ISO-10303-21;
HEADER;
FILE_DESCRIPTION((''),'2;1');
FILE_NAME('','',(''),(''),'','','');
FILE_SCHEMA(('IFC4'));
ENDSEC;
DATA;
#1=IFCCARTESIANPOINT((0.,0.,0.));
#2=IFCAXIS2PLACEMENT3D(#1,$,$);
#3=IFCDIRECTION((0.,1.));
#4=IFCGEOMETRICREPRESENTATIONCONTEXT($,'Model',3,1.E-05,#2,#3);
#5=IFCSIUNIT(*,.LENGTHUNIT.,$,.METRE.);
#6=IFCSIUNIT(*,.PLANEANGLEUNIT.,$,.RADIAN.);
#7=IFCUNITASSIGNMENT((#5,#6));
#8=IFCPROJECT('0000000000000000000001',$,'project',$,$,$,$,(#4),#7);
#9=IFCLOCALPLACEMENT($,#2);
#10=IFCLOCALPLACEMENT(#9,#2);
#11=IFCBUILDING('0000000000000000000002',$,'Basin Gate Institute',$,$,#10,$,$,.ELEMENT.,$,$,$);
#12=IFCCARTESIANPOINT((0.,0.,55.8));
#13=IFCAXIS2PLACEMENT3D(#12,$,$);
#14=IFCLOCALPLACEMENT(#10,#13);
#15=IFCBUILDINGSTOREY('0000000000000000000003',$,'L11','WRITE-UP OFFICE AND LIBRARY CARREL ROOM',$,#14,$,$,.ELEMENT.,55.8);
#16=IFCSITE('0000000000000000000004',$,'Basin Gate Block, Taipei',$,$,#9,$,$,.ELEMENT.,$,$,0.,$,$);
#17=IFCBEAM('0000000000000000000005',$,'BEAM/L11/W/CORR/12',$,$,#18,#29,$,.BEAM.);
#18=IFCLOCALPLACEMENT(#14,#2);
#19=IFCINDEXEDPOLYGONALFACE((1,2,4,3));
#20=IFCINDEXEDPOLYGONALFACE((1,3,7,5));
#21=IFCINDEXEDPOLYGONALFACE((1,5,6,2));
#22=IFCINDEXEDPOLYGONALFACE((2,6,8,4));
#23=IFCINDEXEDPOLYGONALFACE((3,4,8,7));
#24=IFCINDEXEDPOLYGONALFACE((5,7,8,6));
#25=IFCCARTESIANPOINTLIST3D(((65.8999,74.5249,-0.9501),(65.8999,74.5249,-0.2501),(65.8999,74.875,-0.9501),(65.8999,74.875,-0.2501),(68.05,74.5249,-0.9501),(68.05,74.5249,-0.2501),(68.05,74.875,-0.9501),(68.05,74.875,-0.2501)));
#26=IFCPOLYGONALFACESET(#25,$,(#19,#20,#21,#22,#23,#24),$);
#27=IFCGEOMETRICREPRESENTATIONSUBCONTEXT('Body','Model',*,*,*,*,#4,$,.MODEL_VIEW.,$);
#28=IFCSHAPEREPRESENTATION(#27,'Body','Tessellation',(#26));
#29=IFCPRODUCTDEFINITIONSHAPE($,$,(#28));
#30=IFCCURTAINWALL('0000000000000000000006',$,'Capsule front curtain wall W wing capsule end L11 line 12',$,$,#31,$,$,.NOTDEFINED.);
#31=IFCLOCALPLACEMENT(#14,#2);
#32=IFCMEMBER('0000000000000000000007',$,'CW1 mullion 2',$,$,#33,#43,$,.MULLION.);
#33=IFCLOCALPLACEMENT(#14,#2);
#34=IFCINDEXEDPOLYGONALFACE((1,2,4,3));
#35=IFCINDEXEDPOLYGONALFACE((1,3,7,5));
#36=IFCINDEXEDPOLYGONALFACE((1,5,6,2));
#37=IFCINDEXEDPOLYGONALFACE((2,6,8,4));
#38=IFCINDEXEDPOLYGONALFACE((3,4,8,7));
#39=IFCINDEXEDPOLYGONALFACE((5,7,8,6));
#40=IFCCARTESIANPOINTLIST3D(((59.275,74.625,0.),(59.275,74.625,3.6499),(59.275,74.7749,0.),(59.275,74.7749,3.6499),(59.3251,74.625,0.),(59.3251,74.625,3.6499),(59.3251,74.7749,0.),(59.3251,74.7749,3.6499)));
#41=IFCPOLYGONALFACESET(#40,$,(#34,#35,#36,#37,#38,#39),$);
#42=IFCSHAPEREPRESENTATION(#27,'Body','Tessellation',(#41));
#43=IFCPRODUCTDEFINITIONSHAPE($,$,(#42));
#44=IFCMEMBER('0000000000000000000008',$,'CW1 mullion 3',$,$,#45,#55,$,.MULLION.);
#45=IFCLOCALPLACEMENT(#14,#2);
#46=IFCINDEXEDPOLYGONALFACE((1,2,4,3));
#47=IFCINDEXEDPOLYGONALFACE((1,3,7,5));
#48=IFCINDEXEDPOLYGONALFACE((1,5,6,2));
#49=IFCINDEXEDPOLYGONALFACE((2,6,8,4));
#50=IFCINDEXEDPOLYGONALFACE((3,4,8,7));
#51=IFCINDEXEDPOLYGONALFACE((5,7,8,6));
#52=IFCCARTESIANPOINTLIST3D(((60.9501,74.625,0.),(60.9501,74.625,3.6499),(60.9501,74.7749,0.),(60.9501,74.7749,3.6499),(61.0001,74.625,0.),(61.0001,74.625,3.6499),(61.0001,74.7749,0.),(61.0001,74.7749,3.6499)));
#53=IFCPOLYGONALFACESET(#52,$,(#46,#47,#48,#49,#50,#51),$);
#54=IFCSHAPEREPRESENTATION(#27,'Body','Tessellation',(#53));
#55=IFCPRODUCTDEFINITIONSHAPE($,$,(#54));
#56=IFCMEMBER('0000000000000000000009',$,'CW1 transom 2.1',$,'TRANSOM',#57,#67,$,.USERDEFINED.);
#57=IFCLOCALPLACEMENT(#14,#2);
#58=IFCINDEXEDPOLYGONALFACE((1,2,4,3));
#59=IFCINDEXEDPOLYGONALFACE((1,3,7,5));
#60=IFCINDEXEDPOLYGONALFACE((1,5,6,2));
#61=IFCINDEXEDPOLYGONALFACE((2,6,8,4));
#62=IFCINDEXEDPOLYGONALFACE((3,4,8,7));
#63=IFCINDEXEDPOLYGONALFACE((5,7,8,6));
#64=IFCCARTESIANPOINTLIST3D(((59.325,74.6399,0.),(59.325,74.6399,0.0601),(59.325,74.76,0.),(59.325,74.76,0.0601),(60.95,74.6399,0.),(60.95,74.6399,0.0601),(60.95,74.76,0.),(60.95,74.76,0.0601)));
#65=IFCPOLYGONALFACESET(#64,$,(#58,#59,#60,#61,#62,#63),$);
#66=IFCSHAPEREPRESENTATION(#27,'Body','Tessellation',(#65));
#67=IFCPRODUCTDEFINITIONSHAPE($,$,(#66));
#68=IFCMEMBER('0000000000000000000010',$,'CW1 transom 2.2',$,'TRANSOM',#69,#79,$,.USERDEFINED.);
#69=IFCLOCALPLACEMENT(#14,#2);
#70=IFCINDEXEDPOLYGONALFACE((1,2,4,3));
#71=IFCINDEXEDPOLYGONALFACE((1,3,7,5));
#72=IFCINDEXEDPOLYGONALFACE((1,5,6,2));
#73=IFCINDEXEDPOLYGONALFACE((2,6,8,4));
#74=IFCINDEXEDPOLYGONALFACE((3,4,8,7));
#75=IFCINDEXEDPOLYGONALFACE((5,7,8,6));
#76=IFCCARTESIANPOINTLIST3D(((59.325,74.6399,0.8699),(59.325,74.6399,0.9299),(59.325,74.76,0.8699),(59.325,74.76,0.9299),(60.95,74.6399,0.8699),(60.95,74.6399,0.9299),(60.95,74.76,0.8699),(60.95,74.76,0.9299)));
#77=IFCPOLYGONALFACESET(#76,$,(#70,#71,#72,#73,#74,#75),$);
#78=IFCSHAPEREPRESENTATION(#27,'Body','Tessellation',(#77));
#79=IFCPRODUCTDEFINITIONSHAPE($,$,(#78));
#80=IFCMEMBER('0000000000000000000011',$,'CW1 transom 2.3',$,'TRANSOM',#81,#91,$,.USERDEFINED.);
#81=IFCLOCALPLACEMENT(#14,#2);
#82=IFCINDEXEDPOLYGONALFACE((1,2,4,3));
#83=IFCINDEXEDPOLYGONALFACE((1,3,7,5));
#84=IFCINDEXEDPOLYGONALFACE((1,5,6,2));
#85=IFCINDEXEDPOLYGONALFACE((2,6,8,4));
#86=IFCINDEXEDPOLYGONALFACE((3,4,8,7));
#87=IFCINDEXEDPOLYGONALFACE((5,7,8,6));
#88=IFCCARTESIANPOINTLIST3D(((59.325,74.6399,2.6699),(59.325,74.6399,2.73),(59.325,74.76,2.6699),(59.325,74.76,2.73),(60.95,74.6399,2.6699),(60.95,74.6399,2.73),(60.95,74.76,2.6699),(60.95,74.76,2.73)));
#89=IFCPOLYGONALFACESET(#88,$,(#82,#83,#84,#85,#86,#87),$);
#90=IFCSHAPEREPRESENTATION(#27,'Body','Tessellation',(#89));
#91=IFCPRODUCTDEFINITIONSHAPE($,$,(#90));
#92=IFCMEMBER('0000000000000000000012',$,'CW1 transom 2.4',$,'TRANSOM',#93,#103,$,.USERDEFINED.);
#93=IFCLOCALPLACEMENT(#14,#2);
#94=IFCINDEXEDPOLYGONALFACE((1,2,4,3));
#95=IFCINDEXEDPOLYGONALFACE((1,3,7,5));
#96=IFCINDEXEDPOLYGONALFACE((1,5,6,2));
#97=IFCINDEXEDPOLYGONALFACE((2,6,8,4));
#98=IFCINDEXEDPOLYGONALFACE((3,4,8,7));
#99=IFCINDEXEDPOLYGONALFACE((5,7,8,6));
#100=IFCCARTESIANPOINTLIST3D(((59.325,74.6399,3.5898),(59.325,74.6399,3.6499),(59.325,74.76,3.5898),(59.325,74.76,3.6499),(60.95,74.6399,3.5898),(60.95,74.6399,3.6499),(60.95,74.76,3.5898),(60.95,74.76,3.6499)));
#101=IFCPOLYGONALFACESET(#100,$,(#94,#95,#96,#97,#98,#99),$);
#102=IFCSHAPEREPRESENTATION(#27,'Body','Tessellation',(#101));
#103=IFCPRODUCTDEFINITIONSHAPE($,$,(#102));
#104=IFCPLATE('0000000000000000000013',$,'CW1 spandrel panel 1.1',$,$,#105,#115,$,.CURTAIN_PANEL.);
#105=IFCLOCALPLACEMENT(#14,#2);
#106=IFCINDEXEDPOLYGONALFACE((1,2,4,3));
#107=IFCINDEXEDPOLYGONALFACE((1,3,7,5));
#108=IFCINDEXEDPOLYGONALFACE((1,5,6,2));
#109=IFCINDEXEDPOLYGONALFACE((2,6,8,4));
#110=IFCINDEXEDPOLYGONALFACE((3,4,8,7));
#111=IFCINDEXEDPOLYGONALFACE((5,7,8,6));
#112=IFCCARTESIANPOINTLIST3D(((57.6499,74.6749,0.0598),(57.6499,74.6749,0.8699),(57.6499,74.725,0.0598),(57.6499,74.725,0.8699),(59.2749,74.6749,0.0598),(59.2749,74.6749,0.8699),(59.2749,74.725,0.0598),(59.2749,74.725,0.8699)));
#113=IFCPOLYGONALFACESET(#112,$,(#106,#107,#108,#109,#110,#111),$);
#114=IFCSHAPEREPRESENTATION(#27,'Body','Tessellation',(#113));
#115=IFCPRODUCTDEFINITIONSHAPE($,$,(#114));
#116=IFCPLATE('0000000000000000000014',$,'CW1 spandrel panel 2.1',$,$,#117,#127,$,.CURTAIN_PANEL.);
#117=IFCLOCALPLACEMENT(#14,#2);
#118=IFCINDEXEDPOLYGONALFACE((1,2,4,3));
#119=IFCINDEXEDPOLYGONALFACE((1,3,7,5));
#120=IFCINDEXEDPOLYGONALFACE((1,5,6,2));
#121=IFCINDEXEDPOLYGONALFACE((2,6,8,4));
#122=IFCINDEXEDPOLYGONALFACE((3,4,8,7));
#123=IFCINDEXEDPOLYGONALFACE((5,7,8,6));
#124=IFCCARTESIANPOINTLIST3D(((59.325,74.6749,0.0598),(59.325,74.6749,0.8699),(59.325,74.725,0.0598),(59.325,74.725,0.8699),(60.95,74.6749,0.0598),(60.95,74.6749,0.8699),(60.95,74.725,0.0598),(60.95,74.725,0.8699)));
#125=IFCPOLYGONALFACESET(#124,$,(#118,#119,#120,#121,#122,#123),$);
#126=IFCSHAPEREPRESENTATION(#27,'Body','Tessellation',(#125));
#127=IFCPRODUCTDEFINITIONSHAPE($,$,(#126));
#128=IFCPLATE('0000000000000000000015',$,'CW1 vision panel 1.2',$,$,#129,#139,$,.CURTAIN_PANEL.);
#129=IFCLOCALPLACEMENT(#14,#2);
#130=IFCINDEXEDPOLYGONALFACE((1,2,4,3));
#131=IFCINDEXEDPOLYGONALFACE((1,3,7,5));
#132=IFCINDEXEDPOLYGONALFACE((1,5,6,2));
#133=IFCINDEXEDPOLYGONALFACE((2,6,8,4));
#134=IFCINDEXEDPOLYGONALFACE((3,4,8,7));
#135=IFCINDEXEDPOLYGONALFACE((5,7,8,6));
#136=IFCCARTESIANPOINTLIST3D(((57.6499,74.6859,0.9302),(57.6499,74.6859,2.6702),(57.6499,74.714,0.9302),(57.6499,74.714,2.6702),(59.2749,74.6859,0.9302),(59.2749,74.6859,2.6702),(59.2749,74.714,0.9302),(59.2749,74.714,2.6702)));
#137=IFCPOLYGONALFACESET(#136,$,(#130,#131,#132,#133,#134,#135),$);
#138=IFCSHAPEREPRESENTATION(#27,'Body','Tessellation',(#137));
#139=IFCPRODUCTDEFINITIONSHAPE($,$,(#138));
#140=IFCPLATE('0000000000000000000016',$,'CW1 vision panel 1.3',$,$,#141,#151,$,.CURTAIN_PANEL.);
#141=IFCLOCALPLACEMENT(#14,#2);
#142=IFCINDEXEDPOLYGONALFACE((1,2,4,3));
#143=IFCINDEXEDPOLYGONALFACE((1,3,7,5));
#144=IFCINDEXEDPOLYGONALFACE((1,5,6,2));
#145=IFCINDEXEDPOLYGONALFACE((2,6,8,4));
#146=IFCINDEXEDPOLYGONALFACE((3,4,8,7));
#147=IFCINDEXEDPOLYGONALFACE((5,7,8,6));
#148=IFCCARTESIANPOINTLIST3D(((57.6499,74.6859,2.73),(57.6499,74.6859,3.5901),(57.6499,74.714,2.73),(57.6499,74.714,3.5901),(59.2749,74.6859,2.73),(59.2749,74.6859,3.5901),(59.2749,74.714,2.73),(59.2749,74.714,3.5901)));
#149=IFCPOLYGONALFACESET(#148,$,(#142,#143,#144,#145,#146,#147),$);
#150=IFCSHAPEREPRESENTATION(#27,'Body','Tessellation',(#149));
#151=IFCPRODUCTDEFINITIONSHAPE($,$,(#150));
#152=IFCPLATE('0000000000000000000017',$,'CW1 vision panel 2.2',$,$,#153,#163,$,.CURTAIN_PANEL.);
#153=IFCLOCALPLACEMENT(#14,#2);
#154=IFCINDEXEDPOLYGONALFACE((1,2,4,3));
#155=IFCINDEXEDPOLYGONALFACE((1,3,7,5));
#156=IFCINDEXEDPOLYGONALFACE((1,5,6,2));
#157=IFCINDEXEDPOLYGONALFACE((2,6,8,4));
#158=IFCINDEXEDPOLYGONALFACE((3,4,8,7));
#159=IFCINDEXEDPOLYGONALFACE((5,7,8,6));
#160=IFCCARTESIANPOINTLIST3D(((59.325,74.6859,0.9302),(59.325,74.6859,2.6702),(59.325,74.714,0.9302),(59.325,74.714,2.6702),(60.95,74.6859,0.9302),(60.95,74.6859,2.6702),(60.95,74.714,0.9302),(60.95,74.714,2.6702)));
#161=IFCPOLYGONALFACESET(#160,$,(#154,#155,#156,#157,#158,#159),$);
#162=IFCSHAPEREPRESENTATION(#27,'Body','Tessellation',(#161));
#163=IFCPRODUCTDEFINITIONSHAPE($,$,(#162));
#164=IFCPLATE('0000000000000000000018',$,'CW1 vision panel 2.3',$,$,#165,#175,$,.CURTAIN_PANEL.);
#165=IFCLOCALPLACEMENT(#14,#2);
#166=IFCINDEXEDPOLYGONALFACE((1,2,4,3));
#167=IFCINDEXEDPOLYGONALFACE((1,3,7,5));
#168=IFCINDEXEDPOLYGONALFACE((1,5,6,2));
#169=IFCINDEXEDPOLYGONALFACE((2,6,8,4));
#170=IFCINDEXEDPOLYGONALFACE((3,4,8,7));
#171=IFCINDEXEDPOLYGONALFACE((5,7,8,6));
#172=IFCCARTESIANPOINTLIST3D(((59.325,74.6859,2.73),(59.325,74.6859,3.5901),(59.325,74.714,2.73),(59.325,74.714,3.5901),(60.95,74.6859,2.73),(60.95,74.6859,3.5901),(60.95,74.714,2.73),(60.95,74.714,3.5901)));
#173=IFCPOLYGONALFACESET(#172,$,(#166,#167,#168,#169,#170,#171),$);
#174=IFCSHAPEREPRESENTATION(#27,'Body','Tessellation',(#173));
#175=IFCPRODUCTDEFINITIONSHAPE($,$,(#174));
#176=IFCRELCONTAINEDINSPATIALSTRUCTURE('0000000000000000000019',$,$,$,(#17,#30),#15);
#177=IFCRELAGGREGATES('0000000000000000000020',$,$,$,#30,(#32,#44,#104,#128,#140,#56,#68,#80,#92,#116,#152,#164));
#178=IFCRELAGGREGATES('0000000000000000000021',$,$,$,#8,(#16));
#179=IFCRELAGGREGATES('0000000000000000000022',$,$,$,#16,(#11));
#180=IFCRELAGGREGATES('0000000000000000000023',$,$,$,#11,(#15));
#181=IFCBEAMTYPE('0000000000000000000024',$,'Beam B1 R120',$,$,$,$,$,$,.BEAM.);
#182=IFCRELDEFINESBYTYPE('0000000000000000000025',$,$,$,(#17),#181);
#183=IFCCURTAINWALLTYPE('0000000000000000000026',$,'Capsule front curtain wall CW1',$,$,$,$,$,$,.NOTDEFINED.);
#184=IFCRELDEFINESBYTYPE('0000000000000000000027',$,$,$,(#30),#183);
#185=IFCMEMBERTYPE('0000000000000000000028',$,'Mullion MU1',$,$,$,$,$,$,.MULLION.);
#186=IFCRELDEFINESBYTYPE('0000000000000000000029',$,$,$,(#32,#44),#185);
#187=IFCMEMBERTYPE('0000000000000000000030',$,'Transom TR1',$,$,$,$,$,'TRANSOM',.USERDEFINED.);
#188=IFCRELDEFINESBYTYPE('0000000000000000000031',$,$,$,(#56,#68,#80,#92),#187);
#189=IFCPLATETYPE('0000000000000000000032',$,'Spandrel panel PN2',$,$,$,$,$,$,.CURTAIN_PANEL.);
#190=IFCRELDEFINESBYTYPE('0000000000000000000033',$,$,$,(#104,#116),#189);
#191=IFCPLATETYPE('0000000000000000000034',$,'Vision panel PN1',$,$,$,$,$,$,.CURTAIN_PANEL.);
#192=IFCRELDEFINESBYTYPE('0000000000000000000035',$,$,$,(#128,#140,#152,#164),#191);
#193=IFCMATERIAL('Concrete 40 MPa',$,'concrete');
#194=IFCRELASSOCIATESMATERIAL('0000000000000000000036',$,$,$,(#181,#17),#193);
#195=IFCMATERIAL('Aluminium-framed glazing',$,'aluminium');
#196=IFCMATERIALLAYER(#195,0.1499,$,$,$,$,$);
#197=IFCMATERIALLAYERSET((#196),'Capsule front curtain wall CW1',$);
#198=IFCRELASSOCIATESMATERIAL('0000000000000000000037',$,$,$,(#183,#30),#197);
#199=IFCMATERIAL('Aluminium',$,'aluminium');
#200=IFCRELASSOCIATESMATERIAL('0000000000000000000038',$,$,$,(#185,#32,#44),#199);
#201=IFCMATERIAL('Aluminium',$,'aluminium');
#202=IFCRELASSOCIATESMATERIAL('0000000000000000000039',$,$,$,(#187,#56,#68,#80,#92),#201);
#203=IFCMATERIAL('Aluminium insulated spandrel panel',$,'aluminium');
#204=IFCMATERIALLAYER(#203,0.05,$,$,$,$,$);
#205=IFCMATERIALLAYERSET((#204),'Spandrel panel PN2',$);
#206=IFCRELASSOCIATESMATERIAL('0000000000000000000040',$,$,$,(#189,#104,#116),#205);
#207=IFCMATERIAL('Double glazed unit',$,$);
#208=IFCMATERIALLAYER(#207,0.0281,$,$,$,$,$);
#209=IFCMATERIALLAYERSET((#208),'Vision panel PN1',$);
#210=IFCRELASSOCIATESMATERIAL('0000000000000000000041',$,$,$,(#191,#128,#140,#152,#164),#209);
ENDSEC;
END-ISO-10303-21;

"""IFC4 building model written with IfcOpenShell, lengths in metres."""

from ifc_helpers import new_model, si_unit, direction, frame, origin, origin_2d, place, context, subcontext, project, spatial, rectangle, extrude, material, layer, layer_set, material_profile, profile_set, type_object, element, aggregate, save


model = new_model("IFC4")

# Units and contexts
model_context = context("Model", 3, precision=1e-05, world=origin(), true_north=direction((0.0, 1.0)))
body_context = subcontext(model_context, "Body", "Model", "MODEL_VIEW")
ifc_project = project(units=[si_unit("LENGTHUNIT", "METRE"), si_unit("PLANEANGLEUNIT", "RADIAN")], contexts=[model_context])

# Site, building, storey
site_placement = place(None, origin())
site = spatial("IfcSite", under=ifc_project, at=site_placement, Name="Basin Gate Block, Taipei", CompositionType="ELEMENT", RefElevation=0.0)
building_placement = place(site_placement, origin())
building = spatial("IfcBuilding", under=site, at=building_placement, Name="Basin Gate Institute", CompositionType="ELEMENT")
storey_placement = place(building_placement, frame((0.0, 0.0, 55.8)))
storey = spatial("IfcBuildingStorey", under=building, at=storey_placement, Name="L11", Description="WRITE-UP OFFICE AND LIBRARY CARREL ROOM", CompositionType="ELEMENT", Elevation=55.8)

# Beam
ifc_material_1 = material(Name="Concrete 40 MPa", Category="concrete")
ifc_material_profile_1 = material_profile(ifc_material_1, rectangle(XDim=0.3501, YDim=0.7, at=origin_2d()), Name="Beam B1 350 x 700")
ifc_profile_set_1 = profile_set([ifc_material_profile_1], Name="Concrete 40 MPa")
beam_type = type_object("IfcBeamType", Name="Beam B1 R120", PredefinedType="BEAM", material=ifc_profile_set_1)
beam_placement = place(storey_placement, frame((65.8999, 74.7, -0.6001), z_axis=(1.0, 0.0, 0.0), x_axis=(0.0, 1.0, 0.0)))
element("IfcBeam", 1, at=beam_placement, inside=storey, type_object=beam_type, material=ifc_profile_set_1, Name="BEAM/L11/W/CORR/12", PredefinedType="BEAM", context=body_context, shape_type="SweptSolid", body=[
    extrude(rectangle(XDim=0.3501, YDim=0.7, at=origin_2d()), origin(), (0.0, 0.0, 1.0), 2.1501),
])

# Curtain wall, members, plates
ifc_material_2 = material(Name="Aluminium-framed glazing", Category="aluminium")
ifc_layer_1 = layer(ifc_material_2, 0.1499)
ifc_layer_set_1 = layer_set([ifc_layer_1], Name="Capsule front curtain wall CW1")
curtain_wall_type = type_object("IfcCurtainWallType", Name="Capsule front curtain wall CW1", PredefinedType="NOTDEFINED", material=ifc_layer_set_1)
curtain_wall_placement = place(storey_placement, origin())
curtain_wall = element("IfcCurtainWall", 2, at=curtain_wall_placement, inside=storey, type_object=curtain_wall_type, material=ifc_layer_set_1, Name="Capsule front curtain wall W wing capsule end L11 line 12", PredefinedType="NOTDEFINED")
ifc_material_3 = material(Name="Aluminium", Category="aluminium")
ifc_material_profile_2 = material_profile(ifc_material_3, rectangle(XDim=0.1499, YDim=0.05, at=origin_2d()), Name="Mullion MU1 150 x 50")
ifc_profile_set_2 = profile_set([ifc_material_profile_2], Name="Aluminium")
member_type_1 = type_object("IfcMemberType", Name="Mullion MU1", PredefinedType="MULLION", material=ifc_profile_set_2)
member_1_placement = place(storey_placement, frame((59.3, 74.7, 0.0), z_axis=(0.0, 0.0, 1.0), x_axis=(0.0, 1.0, 0.0)))
member_1 = element("IfcMember", 3, at=member_1_placement, type_object=member_type_1, material=ifc_profile_set_2, Name="CW1 mullion 2", PredefinedType="MULLION", context=body_context, shape_type="SweptSolid", body=[
    extrude(rectangle(XDim=0.1499, YDim=0.05, at=origin_2d()), origin(), (0.0, 0.0, 1.0), 3.6499),
])
member_2_placement = place(storey_placement, frame((60.9751, 74.7, 0.0), z_axis=(0.0, 0.0, 1.0), x_axis=(0.0, 1.0, 0.0)))
member_2 = element("IfcMember", 4, at=member_2_placement, type_object=member_type_1, material=ifc_profile_set_2, Name="CW1 mullion 3", PredefinedType="MULLION", context=body_context, shape_type="SweptSolid", body=[
    extrude(rectangle(XDim=0.1499, YDim=0.05, at=origin_2d()), origin(), (0.0, 0.0, 1.0), 3.6499),
])
ifc_material_4 = material(Name="Aluminium", Category="aluminium")
ifc_material_profile_3 = material_profile(ifc_material_4, rectangle(XDim=0.1201, YDim=0.0601, at=origin_2d()), Name="Transom TR1 120 x 60")
ifc_profile_set_3 = profile_set([ifc_material_profile_3], Name="Aluminium")
member_type_2 = type_object("IfcMemberType", Name="Transom TR1", ElementType="TRANSOM", PredefinedType="USERDEFINED", material=ifc_profile_set_3)
member_3_placement = place(storey_placement, frame((59.325, 74.7, 0.03), z_axis=(1.0, 0.0, 0.0), x_axis=(0.0, 1.0, 0.0)))
member_3 = element("IfcMember", 5, at=member_3_placement, type_object=member_type_2, material=ifc_profile_set_3, Name="CW1 transom 2.1", ObjectType="TRANSOM", PredefinedType="USERDEFINED", context=body_context, shape_type="SweptSolid", body=[
    extrude(rectangle(XDim=0.1201, YDim=0.0601, at=origin_2d()), origin(), (0.0, 0.0, 1.0), 1.625),
])
member_4_placement = place(storey_placement, frame((59.325, 74.7, 0.8999), z_axis=(1.0, 0.0, 0.0), x_axis=(0.0, 1.0, 0.0)))
member_4 = element("IfcMember", 6, at=member_4_placement, type_object=member_type_2, material=ifc_profile_set_3, Name="CW1 transom 2.2", ObjectType="TRANSOM", PredefinedType="USERDEFINED", context=body_context, shape_type="SweptSolid", body=[
    extrude(rectangle(XDim=0.1201, YDim=0.0601, at=origin_2d()), origin(), (0.0, 0.0, 1.0), 1.625),
])
member_5_placement = place(storey_placement, frame((59.325, 74.7, 2.7), z_axis=(1.0, 0.0, 0.0), x_axis=(0.0, 1.0, 0.0)))
member_5 = element("IfcMember", 7, at=member_5_placement, type_object=member_type_2, material=ifc_profile_set_3, Name="CW1 transom 2.3", ObjectType="TRANSOM", PredefinedType="USERDEFINED", context=body_context, shape_type="SweptSolid", body=[
    extrude(rectangle(XDim=0.1201, YDim=0.0601, at=origin_2d()), origin(), (0.0, 0.0, 1.0), 1.625),
])
member_6_placement = place(storey_placement, frame((59.325, 74.7, 3.6199), z_axis=(1.0, 0.0, 0.0), x_axis=(0.0, 1.0, 0.0)))
member_6 = element("IfcMember", 8, at=member_6_placement, type_object=member_type_2, material=ifc_profile_set_3, Name="CW1 transom 2.4", ObjectType="TRANSOM", PredefinedType="USERDEFINED", context=body_context, shape_type="SweptSolid", body=[
    extrude(rectangle(XDim=0.1201, YDim=0.0601, at=origin_2d()), origin(), (0.0, 0.0, 1.0), 1.625),
])
ifc_material_5 = material(Name="Aluminium insulated spandrel panel", Category="aluminium")
ifc_layer_2 = layer(ifc_material_5, 0.05)
ifc_layer_set_2 = layer_set([ifc_layer_2], Name="Spandrel panel PN2")
plate_type_1 = type_object("IfcPlateType", Name="Spandrel panel PN2", PredefinedType="CURTAIN_PANEL", material=ifc_layer_set_2)
plate_1_placement = place(storey_placement, frame((58.4624, 74.7, 0.0598), z_axis=(0.0, 0.0, 1.0), x_axis=(1.0, 0.0, 0.0)))
plate_1 = element("IfcPlate", 9, at=plate_1_placement, type_object=plate_type_1, material=ifc_layer_set_2, Name="CW1 spandrel panel 1.1", PredefinedType="CURTAIN_PANEL", context=body_context, shape_type="SweptSolid", body=[
    extrude(rectangle(XDim=1.625, YDim=0.05, at=origin_2d()), origin(), (0.0, 0.0, 1.0), 0.8101),
])
plate_2_placement = place(storey_placement, frame((60.1375, 74.7, 0.0598), z_axis=(0.0, 0.0, 1.0), x_axis=(1.0, 0.0, 0.0)))
plate_2 = element("IfcPlate", 10, at=plate_2_placement, type_object=plate_type_1, material=ifc_layer_set_2, Name="CW1 spandrel panel 2.1", PredefinedType="CURTAIN_PANEL", context=body_context, shape_type="SweptSolid", body=[
    extrude(rectangle(XDim=1.625, YDim=0.05, at=origin_2d()), origin(), (0.0, 0.0, 1.0), 0.8101),
])
ifc_material_6 = material(Name="Double glazed unit")
ifc_layer_3 = layer(ifc_material_6, 0.0281)
ifc_layer_set_3 = layer_set([ifc_layer_3], Name="Vision panel PN1")
plate_type_2 = type_object("IfcPlateType", Name="Vision panel PN1", PredefinedType="CURTAIN_PANEL", material=ifc_layer_set_3)
plate_3_placement = place(storey_placement, frame((58.4624, 74.7, 0.9302), z_axis=(0.0, 0.0, 1.0), x_axis=(1.0, 0.0, 0.0)))
plate_3 = element("IfcPlate", 11, at=plate_3_placement, type_object=plate_type_2, material=ifc_layer_set_3, Name="CW1 vision panel 1.2", PredefinedType="CURTAIN_PANEL", context=body_context, shape_type="SweptSolid", body=[
    extrude(rectangle(XDim=1.625, YDim=0.0281, at=origin_2d()), origin(), (0.0, 0.0, 1.0), 1.74),
])
plate_4_placement = place(storey_placement, frame((58.4624, 74.7, 2.73), z_axis=(0.0, 0.0, 1.0), x_axis=(1.0, 0.0, 0.0)))
plate_4 = element("IfcPlate", 12, at=plate_4_placement, type_object=plate_type_2, material=ifc_layer_set_3, Name="CW1 vision panel 1.3", PredefinedType="CURTAIN_PANEL", context=body_context, shape_type="SweptSolid", body=[
    extrude(rectangle(XDim=1.625, YDim=0.0281, at=origin_2d()), origin(), (0.0, 0.0, 1.0), 0.8601),
])
plate_5_placement = place(storey_placement, frame((60.1375, 74.7, 0.9302), z_axis=(0.0, 0.0, 1.0), x_axis=(1.0, 0.0, 0.0)))
plate_5 = element("IfcPlate", 13, at=plate_5_placement, type_object=plate_type_2, material=ifc_layer_set_3, Name="CW1 vision panel 2.2", PredefinedType="CURTAIN_PANEL", context=body_context, shape_type="SweptSolid", body=[
    extrude(rectangle(XDim=1.625, YDim=0.0281, at=origin_2d()), origin(), (0.0, 0.0, 1.0), 1.74),
])
plate_6_placement = place(storey_placement, frame((60.1375, 74.7, 2.73), z_axis=(0.0, 0.0, 1.0), x_axis=(1.0, 0.0, 0.0)))
plate_6 = element("IfcPlate", 14, at=plate_6_placement, type_object=plate_type_2, material=ifc_layer_set_3, Name="CW1 vision panel 2.3", PredefinedType="CURTAIN_PANEL", context=body_context, shape_type="SweptSolid", body=[
    extrude(rectangle(XDim=1.625, YDim=0.0281, at=origin_2d()), origin(), (0.0, 0.0, 1.0), 0.8601),
])
aggregate(curtain_wall, [member_1, member_2, plate_1, plate_3, plate_4, member_3, member_4, member_5, member_6, plate_2, plate_5, plate_6])

save(model, "model.ifc")
